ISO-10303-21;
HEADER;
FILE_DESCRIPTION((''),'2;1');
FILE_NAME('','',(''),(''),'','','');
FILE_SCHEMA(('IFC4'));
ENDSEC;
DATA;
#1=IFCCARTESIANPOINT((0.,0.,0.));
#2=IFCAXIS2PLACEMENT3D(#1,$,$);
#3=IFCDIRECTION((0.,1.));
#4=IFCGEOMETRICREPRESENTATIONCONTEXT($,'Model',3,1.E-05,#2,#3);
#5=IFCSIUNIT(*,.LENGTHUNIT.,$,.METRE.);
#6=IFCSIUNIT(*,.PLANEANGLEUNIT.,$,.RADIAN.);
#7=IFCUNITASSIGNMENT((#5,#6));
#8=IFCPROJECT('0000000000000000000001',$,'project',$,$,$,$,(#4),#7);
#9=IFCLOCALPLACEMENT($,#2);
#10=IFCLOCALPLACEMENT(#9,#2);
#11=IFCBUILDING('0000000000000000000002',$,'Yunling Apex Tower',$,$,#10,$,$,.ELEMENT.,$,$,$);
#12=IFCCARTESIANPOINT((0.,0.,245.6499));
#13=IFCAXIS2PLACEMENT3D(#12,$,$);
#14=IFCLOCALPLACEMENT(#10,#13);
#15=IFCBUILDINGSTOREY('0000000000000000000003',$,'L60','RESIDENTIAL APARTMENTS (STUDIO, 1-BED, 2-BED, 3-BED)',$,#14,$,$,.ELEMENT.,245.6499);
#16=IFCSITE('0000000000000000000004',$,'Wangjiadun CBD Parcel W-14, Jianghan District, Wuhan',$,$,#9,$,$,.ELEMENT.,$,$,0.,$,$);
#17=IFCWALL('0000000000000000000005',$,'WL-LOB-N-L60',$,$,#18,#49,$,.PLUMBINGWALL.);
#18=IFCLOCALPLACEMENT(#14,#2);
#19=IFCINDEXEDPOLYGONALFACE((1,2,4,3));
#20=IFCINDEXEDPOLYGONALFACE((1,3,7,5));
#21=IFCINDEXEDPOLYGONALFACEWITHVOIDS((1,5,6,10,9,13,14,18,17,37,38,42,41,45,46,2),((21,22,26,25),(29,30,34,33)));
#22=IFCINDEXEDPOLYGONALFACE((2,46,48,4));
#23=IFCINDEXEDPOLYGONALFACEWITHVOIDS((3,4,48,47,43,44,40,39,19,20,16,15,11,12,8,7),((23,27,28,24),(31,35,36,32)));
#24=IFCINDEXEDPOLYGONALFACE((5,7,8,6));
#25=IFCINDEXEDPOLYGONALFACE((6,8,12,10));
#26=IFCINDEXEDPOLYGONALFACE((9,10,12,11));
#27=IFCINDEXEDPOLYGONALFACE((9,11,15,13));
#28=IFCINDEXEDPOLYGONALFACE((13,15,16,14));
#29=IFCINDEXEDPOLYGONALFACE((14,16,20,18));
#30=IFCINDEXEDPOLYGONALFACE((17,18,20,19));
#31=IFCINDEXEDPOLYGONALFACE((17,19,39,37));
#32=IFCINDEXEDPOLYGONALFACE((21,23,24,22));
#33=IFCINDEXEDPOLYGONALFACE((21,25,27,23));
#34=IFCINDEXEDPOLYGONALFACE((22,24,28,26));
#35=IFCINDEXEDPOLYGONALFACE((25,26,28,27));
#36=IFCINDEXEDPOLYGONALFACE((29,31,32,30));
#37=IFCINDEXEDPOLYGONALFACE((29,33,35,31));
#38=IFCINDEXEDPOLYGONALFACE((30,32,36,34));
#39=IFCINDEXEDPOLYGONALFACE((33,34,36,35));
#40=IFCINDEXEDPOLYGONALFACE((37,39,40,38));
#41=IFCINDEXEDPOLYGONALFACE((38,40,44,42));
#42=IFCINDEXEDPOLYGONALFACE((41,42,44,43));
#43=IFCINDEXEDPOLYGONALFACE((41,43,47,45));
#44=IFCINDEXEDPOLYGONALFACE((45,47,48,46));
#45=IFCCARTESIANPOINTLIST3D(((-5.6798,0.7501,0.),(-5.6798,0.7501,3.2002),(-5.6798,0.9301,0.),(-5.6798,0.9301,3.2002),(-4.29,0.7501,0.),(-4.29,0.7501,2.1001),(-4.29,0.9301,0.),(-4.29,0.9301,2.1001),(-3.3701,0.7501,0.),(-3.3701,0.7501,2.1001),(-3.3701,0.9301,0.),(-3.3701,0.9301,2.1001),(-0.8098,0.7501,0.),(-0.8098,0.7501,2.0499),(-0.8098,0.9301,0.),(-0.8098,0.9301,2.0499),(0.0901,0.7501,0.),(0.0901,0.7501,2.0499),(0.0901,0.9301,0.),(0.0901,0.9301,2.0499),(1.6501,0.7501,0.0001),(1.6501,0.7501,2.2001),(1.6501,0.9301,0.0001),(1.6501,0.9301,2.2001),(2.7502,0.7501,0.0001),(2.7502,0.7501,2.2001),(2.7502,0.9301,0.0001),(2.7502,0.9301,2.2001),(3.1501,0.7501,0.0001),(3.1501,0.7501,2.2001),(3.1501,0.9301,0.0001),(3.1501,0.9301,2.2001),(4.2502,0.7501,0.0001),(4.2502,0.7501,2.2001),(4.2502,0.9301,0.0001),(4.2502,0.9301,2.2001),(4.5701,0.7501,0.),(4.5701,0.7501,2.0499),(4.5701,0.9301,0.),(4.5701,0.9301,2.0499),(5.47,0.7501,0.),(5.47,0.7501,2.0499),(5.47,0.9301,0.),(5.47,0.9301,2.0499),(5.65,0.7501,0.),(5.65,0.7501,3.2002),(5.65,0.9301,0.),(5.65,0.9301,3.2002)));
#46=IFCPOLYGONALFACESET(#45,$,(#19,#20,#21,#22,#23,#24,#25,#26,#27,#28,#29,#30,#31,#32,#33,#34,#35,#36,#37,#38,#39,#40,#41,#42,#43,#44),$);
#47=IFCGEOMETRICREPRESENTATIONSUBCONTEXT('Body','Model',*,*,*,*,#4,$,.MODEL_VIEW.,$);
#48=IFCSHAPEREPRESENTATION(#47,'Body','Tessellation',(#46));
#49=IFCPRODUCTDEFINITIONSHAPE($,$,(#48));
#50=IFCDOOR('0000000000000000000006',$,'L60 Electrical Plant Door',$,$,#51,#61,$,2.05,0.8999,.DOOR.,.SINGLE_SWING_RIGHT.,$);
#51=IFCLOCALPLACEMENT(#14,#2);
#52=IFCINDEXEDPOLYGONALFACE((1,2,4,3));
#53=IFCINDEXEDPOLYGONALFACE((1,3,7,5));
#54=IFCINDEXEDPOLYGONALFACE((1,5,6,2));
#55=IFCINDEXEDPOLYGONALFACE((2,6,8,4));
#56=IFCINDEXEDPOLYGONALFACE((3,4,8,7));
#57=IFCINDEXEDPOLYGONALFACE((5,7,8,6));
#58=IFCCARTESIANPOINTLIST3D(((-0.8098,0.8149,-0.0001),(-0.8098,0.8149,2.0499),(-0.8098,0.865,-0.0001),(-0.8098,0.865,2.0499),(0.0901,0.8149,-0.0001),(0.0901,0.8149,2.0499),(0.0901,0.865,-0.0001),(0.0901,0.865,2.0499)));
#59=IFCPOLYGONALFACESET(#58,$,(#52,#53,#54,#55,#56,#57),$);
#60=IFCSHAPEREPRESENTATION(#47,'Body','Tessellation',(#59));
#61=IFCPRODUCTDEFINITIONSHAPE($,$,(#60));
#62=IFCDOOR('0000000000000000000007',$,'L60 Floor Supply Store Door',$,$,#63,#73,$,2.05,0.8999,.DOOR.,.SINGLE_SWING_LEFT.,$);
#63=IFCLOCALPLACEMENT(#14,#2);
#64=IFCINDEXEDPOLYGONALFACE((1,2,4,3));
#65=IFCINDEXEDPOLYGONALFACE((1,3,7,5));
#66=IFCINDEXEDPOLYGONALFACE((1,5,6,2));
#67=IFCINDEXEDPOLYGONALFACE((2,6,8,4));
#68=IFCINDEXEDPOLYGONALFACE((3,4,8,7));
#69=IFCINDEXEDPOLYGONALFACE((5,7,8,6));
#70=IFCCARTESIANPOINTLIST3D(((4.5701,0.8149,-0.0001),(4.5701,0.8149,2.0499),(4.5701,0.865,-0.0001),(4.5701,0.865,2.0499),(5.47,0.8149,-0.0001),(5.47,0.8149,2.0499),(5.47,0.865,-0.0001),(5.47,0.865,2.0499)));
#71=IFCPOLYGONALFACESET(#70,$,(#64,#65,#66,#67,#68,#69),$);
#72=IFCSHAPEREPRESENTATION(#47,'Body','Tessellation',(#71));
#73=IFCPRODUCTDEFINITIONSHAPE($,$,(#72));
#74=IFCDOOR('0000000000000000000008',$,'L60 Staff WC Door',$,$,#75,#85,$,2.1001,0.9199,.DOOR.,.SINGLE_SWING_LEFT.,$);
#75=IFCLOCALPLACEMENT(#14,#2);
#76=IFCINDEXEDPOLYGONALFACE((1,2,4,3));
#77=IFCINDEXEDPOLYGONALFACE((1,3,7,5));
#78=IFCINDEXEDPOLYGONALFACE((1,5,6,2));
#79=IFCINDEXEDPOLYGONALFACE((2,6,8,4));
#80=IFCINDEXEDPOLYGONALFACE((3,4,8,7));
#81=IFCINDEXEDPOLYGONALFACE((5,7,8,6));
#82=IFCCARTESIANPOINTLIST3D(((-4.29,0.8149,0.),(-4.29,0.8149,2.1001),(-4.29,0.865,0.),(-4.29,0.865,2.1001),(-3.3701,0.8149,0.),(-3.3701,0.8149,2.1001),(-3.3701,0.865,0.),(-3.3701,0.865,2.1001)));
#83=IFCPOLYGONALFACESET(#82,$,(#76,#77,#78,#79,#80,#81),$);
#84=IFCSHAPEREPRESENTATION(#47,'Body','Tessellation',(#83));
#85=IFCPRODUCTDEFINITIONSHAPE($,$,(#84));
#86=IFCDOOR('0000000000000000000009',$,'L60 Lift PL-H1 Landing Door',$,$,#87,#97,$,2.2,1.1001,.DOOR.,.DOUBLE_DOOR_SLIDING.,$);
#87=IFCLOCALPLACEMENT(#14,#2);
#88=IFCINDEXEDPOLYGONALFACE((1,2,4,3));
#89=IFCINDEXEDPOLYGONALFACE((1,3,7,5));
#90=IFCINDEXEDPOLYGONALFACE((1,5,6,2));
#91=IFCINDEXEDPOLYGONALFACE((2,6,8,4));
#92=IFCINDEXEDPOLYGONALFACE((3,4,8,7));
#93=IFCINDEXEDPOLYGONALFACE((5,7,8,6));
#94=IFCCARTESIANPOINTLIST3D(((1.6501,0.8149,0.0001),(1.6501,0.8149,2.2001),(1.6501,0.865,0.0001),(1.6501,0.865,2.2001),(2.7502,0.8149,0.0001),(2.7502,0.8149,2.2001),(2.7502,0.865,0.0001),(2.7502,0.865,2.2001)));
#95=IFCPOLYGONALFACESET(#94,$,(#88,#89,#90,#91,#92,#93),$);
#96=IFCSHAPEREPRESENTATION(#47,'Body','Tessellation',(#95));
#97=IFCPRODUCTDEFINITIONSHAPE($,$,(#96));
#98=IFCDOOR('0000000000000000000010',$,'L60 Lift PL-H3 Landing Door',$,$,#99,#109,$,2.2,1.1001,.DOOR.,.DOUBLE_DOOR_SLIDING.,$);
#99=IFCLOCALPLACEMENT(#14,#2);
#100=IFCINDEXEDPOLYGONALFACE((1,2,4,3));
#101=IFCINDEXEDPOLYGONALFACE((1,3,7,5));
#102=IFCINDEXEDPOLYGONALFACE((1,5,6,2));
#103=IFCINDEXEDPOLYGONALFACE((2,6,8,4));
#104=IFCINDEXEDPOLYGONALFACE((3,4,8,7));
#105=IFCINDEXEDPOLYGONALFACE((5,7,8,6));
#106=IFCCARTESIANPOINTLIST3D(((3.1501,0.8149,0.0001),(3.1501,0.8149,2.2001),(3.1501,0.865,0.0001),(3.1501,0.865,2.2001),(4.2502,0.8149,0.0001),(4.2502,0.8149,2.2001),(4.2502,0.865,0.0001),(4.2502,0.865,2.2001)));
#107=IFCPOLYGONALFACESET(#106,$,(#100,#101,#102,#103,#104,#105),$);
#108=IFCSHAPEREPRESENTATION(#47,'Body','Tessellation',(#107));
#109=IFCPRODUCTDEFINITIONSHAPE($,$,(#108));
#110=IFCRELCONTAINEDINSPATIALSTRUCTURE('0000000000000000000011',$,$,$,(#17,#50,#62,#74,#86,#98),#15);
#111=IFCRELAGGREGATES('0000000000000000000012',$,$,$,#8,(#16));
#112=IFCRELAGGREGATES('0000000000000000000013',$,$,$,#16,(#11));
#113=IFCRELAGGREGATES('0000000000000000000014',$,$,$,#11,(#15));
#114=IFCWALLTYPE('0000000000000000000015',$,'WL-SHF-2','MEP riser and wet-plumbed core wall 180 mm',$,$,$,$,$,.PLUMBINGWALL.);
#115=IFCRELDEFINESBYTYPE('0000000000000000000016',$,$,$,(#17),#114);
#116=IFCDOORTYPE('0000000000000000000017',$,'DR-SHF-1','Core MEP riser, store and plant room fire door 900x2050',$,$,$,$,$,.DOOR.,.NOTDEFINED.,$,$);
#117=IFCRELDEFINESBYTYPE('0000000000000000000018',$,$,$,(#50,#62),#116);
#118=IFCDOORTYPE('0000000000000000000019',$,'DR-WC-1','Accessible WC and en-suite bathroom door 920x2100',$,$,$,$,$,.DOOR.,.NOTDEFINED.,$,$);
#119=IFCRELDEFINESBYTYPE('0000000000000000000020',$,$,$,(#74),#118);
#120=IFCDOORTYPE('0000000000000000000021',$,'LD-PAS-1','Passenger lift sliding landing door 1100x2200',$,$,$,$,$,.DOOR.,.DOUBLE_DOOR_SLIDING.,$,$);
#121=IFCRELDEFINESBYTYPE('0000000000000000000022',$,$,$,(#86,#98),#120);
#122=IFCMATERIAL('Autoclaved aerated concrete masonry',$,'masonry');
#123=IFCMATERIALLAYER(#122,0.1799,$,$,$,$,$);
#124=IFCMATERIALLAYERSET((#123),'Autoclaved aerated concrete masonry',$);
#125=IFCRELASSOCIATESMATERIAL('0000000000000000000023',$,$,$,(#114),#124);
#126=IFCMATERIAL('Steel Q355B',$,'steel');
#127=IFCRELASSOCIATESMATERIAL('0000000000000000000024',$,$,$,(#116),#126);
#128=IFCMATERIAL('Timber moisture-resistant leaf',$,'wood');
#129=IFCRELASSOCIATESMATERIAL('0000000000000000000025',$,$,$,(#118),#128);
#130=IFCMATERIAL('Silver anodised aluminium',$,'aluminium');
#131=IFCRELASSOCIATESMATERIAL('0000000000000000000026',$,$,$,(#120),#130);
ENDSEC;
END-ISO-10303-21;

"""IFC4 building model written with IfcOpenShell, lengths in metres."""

from ifc_helpers import new_model, si_unit, direction, frame, frame_2d, origin, place, context, subcontext, project, spatial, rectangle, extrude, material, layer, layer_set, type_object, element, fill, save


model = new_model("IFC4")

# Units and contexts
model_context = context("Model", 3, precision=1e-05, world=origin(), true_north=direction((0.0, 1.0)))
body_context = subcontext(model_context, "Body", "Model", "MODEL_VIEW")
ifc_project = project(units=[si_unit("LENGTHUNIT", "METRE"), si_unit("PLANEANGLEUNIT", "RADIAN")], contexts=[model_context])

# Site, building, storey
site_placement = place(None, origin())
site = spatial("IfcSite", under=ifc_project, at=site_placement, Name="Wangjiadun CBD Parcel W-14, Jianghan District, Wuhan", CompositionType="ELEMENT", RefElevation=0.0)
building_placement = place(site_placement, origin())
building = spatial("IfcBuilding", under=site, at=building_placement, Name="Yunling Apex Tower", CompositionType="ELEMENT")
storey_placement = place(building_placement, frame((0.0, 0.0, 245.6499)))
storey = spatial("IfcBuildingStorey", under=building, at=storey_placement, Name="L60", Description="RESIDENTIAL APARTMENTS (STUDIO, 1-BED, 2-BED, 3-BED)", CompositionType="ELEMENT", Elevation=245.6499)

# Shared definitions
ifc_material_1 = material(Name="Steel Q355B", Category="steel")

# Shared definitions
ifc_material_2 = material(Name="Autoclaved aerated concrete masonry", Category="masonry")

# Wall, openings, doors
ifc_layer_1 = layer(ifc_material_2, 0.1799)
ifc_layer_set_1 = layer_set([ifc_layer_1], Name="Autoclaved aerated concrete masonry")
wall_type_1 = type_object("IfcWallType", Name="WL-SHF-2", Description="MEP riser and wet-plumbed core wall 180 mm", PredefinedType="PLUMBINGWALL", material=ifc_layer_set_1)
wall_1_placement = place(storey_placement, frame((-5.6799, 0.8401, 0.0), z_axis=(0.0, 0.0, 1.0), x_axis=(1.0, 0.0, 0.0)))
wall_1 = element("IfcWall", 1, at=wall_1_placement, inside=storey, type_object=wall_type_1, Name="WL-LOB-N-L60", PredefinedType="PLUMBINGWALL", context=body_context, shape_type="SweptSolid", body=[
    extrude(rectangle(XDim=11.3298, YDim=0.1799, at=frame_2d((5.665, 0.0))), origin(), (0.0, 0.0, 1.0), 3.2002),
])
opening_1_placement = place(wall_1_placement, frame((1.3899, 0.0, 0.0)))
opening_1 = element("IfcOpeningElement", 2, at=opening_1_placement, cuts=wall_1, PredefinedType="OPENING", context=body_context, shape_type="SweptSolid", body=[
    extrude(rectangle(XDim=0.9199, YDim=2.1001, at=frame_2d((0.46, 1.05))), frame((0.0, 0.1001, 0.0), z_axis=(0.0, -1.0, 0.0), x_axis=(1.0, 0.0, 0.0)), (0.0, 0.0, 1.0), 0.2),
])
opening_2_placement = place(wall_1_placement, frame((4.8701, 0.0, 0.0)))
opening_2 = element("IfcOpeningElement", 3, at=opening_2_placement, cuts=wall_1, PredefinedType="OPENING", context=body_context, shape_type="SweptSolid", body=[
    extrude(rectangle(XDim=0.8999, YDim=2.05, at=frame_2d((0.45, 1.0249))), frame((0.0, 0.1001, 0.0), z_axis=(0.0, -1.0, 0.0), x_axis=(1.0, 0.0, 0.0)), (0.0, 0.0, 1.0), 0.2),
])
opening_3_placement = place(wall_1_placement, frame((7.3301, 0.0, 0.0)))
opening_3 = element("IfcOpeningElement", 4, at=opening_3_placement, cuts=wall_1, PredefinedType="OPENING", context=body_context, shape_type="SweptSolid", body=[
    extrude(rectangle(XDim=1.1001, YDim=2.2, at=frame_2d((0.55, 1.1001))), frame((0.0, 0.1001, 0.0), z_axis=(0.0, -1.0, 0.0), x_axis=(1.0, 0.0, 0.0)), (0.0, 0.0, 1.0), 0.2),
])
opening_4_placement = place(wall_1_placement, frame((8.8301, 0.0, 0.0)))
opening_4 = element("IfcOpeningElement", 5, at=opening_4_placement, cuts=wall_1, PredefinedType="OPENING", context=body_context, shape_type="SweptSolid", body=[
    extrude(rectangle(XDim=1.1001, YDim=2.2, at=frame_2d((0.55, 1.1001))), frame((0.0, 0.1001, 0.0), z_axis=(0.0, -1.0, 0.0), x_axis=(1.0, 0.0, 0.0)), (0.0, 0.0, 1.0), 0.2),
])
opening_5_placement = place(wall_1_placement, frame((10.25, 0.0, 0.0)))
opening_5 = element("IfcOpeningElement", 6, at=opening_5_placement, cuts=wall_1, PredefinedType="OPENING", context=body_context, shape_type="SweptSolid", body=[
    extrude(rectangle(XDim=0.8999, YDim=2.05, at=frame_2d((0.45, 1.0249))), frame((0.0, 0.1001, 0.0), z_axis=(0.0, -1.0, 0.0), x_axis=(1.0, 0.0, 0.0)), (0.0, 0.0, 1.0), 0.2),
])
door_type_1 = type_object("IfcDoorType", Name="DR-SHF-1", Description="Core MEP riser, store and plant room fire door 900x2050", OperationType="NOTDEFINED", PredefinedType="DOOR", material=ifc_material_1)
door_1_placement = place(opening_2_placement, origin())
door_1 = element("IfcDoor", 7, at=door_1_placement, inside=storey, type_object=door_type_1, Name="L60 Electrical Plant Door", OperationType="SINGLE_SWING_RIGHT", OverallHeight=2.05, OverallWidth=0.8999, PredefinedType="DOOR", context=body_context, shape_type="SweptSolid", body=[
    extrude(rectangle(XDim=0.8999, YDim=2.05, at=frame_2d((0.45, 1.0249))), frame((0.0, 0.0249, 0.0), z_axis=(0.0, -1.0, 0.0), x_axis=(1.0, 0.0, 0.0)), (0.0, 0.0, 1.0), 0.05),
])
fill(opening_2, door_1)
door_2_placement = place(opening_5_placement, origin())
door_2 = element("IfcDoor", 8, at=door_2_placement, inside=storey, type_object=door_type_1, Name="L60 Floor Supply Store Door", OperationType="SINGLE_SWING_LEFT", OverallHeight=2.05, OverallWidth=0.8999, PredefinedType="DOOR", context=body_context, shape_type="SweptSolid", body=[
    extrude(rectangle(XDim=0.8999, YDim=2.05, at=frame_2d((0.45, 1.0249))), frame((0.0, 0.0249, 0.0), z_axis=(0.0, -1.0, 0.0), x_axis=(1.0, 0.0, 0.0)), (0.0, 0.0, 1.0), 0.05),
])
fill(opening_5, door_2)
ifc_material_3 = material(Name="Timber moisture-resistant leaf", Category="wood")
door_type_2 = type_object("IfcDoorType", Name="DR-WC-1", Description="Accessible WC and en-suite bathroom door 920x2100", OperationType="NOTDEFINED", PredefinedType="DOOR", material=ifc_material_3)
door_3_placement = place(opening_1_placement, origin())
door_3 = element("IfcDoor", 9, at=door_3_placement, inside=storey, type_object=door_type_2, Name="L60 Staff WC Door", OperationType="SINGLE_SWING_LEFT", OverallHeight=2.1001, OverallWidth=0.9199, PredefinedType="DOOR", context=body_context, shape_type="SweptSolid", body=[
    extrude(rectangle(XDim=0.9199, YDim=2.1001, at=frame_2d((0.46, 1.05))), frame((0.0, 0.0249, 0.0), z_axis=(0.0, -1.0, 0.0), x_axis=(1.0, 0.0, 0.0)), (0.0, 0.0, 1.0), 0.05),
])
fill(opening_1, door_3)
ifc_material_4 = material(Name="Silver anodised aluminium", Category="aluminium")
door_type_3 = type_object("IfcDoorType", Name="LD-PAS-1", Description="Passenger lift sliding landing door 1100x2200", OperationType="DOUBLE_DOOR_SLIDING", PredefinedType="DOOR", material=ifc_material_4)
door_4_placement = place(opening_3_placement, origin())
door_4 = element("IfcDoor", 10, at=door_4_placement, inside=storey, type_object=door_type_3, Name="L60 Lift PL-H1 Landing Door", OperationType="DOUBLE_DOOR_SLIDING", OverallHeight=2.2, OverallWidth=1.1001, PredefinedType="DOOR", context=body_context, shape_type="SweptSolid", body=[
    extrude(rectangle(XDim=1.1001, YDim=2.2, at=frame_2d((0.55, 1.1001))), frame((0.0, 0.0249, 0.0), z_axis=(0.0, -1.0, 0.0), x_axis=(1.0, 0.0, 0.0)), (0.0, 0.0, 1.0), 0.05),
])
fill(opening_3, door_4)
door_5_placement = place(opening_4_placement, origin())
door_5 = element("IfcDoor", 11, at=door_5_placement, inside=storey, type_object=door_type_3, Name="L60 Lift PL-H3 Landing Door", OperationType="DOUBLE_DOOR_SLIDING", OverallHeight=2.2, OverallWidth=1.1001, PredefinedType="DOOR", context=body_context, shape_type="SweptSolid", body=[
    extrude(rectangle(XDim=1.1001, YDim=2.2, at=frame_2d((0.55, 1.1001))), frame((0.0, 0.0249, 0.0), z_axis=(0.0, -1.0, 0.0), x_axis=(1.0, 0.0, 0.0)), (0.0, 0.0, 1.0), 0.05),
])
fill(opening_4, door_5)

save(model, "model.ifc")
